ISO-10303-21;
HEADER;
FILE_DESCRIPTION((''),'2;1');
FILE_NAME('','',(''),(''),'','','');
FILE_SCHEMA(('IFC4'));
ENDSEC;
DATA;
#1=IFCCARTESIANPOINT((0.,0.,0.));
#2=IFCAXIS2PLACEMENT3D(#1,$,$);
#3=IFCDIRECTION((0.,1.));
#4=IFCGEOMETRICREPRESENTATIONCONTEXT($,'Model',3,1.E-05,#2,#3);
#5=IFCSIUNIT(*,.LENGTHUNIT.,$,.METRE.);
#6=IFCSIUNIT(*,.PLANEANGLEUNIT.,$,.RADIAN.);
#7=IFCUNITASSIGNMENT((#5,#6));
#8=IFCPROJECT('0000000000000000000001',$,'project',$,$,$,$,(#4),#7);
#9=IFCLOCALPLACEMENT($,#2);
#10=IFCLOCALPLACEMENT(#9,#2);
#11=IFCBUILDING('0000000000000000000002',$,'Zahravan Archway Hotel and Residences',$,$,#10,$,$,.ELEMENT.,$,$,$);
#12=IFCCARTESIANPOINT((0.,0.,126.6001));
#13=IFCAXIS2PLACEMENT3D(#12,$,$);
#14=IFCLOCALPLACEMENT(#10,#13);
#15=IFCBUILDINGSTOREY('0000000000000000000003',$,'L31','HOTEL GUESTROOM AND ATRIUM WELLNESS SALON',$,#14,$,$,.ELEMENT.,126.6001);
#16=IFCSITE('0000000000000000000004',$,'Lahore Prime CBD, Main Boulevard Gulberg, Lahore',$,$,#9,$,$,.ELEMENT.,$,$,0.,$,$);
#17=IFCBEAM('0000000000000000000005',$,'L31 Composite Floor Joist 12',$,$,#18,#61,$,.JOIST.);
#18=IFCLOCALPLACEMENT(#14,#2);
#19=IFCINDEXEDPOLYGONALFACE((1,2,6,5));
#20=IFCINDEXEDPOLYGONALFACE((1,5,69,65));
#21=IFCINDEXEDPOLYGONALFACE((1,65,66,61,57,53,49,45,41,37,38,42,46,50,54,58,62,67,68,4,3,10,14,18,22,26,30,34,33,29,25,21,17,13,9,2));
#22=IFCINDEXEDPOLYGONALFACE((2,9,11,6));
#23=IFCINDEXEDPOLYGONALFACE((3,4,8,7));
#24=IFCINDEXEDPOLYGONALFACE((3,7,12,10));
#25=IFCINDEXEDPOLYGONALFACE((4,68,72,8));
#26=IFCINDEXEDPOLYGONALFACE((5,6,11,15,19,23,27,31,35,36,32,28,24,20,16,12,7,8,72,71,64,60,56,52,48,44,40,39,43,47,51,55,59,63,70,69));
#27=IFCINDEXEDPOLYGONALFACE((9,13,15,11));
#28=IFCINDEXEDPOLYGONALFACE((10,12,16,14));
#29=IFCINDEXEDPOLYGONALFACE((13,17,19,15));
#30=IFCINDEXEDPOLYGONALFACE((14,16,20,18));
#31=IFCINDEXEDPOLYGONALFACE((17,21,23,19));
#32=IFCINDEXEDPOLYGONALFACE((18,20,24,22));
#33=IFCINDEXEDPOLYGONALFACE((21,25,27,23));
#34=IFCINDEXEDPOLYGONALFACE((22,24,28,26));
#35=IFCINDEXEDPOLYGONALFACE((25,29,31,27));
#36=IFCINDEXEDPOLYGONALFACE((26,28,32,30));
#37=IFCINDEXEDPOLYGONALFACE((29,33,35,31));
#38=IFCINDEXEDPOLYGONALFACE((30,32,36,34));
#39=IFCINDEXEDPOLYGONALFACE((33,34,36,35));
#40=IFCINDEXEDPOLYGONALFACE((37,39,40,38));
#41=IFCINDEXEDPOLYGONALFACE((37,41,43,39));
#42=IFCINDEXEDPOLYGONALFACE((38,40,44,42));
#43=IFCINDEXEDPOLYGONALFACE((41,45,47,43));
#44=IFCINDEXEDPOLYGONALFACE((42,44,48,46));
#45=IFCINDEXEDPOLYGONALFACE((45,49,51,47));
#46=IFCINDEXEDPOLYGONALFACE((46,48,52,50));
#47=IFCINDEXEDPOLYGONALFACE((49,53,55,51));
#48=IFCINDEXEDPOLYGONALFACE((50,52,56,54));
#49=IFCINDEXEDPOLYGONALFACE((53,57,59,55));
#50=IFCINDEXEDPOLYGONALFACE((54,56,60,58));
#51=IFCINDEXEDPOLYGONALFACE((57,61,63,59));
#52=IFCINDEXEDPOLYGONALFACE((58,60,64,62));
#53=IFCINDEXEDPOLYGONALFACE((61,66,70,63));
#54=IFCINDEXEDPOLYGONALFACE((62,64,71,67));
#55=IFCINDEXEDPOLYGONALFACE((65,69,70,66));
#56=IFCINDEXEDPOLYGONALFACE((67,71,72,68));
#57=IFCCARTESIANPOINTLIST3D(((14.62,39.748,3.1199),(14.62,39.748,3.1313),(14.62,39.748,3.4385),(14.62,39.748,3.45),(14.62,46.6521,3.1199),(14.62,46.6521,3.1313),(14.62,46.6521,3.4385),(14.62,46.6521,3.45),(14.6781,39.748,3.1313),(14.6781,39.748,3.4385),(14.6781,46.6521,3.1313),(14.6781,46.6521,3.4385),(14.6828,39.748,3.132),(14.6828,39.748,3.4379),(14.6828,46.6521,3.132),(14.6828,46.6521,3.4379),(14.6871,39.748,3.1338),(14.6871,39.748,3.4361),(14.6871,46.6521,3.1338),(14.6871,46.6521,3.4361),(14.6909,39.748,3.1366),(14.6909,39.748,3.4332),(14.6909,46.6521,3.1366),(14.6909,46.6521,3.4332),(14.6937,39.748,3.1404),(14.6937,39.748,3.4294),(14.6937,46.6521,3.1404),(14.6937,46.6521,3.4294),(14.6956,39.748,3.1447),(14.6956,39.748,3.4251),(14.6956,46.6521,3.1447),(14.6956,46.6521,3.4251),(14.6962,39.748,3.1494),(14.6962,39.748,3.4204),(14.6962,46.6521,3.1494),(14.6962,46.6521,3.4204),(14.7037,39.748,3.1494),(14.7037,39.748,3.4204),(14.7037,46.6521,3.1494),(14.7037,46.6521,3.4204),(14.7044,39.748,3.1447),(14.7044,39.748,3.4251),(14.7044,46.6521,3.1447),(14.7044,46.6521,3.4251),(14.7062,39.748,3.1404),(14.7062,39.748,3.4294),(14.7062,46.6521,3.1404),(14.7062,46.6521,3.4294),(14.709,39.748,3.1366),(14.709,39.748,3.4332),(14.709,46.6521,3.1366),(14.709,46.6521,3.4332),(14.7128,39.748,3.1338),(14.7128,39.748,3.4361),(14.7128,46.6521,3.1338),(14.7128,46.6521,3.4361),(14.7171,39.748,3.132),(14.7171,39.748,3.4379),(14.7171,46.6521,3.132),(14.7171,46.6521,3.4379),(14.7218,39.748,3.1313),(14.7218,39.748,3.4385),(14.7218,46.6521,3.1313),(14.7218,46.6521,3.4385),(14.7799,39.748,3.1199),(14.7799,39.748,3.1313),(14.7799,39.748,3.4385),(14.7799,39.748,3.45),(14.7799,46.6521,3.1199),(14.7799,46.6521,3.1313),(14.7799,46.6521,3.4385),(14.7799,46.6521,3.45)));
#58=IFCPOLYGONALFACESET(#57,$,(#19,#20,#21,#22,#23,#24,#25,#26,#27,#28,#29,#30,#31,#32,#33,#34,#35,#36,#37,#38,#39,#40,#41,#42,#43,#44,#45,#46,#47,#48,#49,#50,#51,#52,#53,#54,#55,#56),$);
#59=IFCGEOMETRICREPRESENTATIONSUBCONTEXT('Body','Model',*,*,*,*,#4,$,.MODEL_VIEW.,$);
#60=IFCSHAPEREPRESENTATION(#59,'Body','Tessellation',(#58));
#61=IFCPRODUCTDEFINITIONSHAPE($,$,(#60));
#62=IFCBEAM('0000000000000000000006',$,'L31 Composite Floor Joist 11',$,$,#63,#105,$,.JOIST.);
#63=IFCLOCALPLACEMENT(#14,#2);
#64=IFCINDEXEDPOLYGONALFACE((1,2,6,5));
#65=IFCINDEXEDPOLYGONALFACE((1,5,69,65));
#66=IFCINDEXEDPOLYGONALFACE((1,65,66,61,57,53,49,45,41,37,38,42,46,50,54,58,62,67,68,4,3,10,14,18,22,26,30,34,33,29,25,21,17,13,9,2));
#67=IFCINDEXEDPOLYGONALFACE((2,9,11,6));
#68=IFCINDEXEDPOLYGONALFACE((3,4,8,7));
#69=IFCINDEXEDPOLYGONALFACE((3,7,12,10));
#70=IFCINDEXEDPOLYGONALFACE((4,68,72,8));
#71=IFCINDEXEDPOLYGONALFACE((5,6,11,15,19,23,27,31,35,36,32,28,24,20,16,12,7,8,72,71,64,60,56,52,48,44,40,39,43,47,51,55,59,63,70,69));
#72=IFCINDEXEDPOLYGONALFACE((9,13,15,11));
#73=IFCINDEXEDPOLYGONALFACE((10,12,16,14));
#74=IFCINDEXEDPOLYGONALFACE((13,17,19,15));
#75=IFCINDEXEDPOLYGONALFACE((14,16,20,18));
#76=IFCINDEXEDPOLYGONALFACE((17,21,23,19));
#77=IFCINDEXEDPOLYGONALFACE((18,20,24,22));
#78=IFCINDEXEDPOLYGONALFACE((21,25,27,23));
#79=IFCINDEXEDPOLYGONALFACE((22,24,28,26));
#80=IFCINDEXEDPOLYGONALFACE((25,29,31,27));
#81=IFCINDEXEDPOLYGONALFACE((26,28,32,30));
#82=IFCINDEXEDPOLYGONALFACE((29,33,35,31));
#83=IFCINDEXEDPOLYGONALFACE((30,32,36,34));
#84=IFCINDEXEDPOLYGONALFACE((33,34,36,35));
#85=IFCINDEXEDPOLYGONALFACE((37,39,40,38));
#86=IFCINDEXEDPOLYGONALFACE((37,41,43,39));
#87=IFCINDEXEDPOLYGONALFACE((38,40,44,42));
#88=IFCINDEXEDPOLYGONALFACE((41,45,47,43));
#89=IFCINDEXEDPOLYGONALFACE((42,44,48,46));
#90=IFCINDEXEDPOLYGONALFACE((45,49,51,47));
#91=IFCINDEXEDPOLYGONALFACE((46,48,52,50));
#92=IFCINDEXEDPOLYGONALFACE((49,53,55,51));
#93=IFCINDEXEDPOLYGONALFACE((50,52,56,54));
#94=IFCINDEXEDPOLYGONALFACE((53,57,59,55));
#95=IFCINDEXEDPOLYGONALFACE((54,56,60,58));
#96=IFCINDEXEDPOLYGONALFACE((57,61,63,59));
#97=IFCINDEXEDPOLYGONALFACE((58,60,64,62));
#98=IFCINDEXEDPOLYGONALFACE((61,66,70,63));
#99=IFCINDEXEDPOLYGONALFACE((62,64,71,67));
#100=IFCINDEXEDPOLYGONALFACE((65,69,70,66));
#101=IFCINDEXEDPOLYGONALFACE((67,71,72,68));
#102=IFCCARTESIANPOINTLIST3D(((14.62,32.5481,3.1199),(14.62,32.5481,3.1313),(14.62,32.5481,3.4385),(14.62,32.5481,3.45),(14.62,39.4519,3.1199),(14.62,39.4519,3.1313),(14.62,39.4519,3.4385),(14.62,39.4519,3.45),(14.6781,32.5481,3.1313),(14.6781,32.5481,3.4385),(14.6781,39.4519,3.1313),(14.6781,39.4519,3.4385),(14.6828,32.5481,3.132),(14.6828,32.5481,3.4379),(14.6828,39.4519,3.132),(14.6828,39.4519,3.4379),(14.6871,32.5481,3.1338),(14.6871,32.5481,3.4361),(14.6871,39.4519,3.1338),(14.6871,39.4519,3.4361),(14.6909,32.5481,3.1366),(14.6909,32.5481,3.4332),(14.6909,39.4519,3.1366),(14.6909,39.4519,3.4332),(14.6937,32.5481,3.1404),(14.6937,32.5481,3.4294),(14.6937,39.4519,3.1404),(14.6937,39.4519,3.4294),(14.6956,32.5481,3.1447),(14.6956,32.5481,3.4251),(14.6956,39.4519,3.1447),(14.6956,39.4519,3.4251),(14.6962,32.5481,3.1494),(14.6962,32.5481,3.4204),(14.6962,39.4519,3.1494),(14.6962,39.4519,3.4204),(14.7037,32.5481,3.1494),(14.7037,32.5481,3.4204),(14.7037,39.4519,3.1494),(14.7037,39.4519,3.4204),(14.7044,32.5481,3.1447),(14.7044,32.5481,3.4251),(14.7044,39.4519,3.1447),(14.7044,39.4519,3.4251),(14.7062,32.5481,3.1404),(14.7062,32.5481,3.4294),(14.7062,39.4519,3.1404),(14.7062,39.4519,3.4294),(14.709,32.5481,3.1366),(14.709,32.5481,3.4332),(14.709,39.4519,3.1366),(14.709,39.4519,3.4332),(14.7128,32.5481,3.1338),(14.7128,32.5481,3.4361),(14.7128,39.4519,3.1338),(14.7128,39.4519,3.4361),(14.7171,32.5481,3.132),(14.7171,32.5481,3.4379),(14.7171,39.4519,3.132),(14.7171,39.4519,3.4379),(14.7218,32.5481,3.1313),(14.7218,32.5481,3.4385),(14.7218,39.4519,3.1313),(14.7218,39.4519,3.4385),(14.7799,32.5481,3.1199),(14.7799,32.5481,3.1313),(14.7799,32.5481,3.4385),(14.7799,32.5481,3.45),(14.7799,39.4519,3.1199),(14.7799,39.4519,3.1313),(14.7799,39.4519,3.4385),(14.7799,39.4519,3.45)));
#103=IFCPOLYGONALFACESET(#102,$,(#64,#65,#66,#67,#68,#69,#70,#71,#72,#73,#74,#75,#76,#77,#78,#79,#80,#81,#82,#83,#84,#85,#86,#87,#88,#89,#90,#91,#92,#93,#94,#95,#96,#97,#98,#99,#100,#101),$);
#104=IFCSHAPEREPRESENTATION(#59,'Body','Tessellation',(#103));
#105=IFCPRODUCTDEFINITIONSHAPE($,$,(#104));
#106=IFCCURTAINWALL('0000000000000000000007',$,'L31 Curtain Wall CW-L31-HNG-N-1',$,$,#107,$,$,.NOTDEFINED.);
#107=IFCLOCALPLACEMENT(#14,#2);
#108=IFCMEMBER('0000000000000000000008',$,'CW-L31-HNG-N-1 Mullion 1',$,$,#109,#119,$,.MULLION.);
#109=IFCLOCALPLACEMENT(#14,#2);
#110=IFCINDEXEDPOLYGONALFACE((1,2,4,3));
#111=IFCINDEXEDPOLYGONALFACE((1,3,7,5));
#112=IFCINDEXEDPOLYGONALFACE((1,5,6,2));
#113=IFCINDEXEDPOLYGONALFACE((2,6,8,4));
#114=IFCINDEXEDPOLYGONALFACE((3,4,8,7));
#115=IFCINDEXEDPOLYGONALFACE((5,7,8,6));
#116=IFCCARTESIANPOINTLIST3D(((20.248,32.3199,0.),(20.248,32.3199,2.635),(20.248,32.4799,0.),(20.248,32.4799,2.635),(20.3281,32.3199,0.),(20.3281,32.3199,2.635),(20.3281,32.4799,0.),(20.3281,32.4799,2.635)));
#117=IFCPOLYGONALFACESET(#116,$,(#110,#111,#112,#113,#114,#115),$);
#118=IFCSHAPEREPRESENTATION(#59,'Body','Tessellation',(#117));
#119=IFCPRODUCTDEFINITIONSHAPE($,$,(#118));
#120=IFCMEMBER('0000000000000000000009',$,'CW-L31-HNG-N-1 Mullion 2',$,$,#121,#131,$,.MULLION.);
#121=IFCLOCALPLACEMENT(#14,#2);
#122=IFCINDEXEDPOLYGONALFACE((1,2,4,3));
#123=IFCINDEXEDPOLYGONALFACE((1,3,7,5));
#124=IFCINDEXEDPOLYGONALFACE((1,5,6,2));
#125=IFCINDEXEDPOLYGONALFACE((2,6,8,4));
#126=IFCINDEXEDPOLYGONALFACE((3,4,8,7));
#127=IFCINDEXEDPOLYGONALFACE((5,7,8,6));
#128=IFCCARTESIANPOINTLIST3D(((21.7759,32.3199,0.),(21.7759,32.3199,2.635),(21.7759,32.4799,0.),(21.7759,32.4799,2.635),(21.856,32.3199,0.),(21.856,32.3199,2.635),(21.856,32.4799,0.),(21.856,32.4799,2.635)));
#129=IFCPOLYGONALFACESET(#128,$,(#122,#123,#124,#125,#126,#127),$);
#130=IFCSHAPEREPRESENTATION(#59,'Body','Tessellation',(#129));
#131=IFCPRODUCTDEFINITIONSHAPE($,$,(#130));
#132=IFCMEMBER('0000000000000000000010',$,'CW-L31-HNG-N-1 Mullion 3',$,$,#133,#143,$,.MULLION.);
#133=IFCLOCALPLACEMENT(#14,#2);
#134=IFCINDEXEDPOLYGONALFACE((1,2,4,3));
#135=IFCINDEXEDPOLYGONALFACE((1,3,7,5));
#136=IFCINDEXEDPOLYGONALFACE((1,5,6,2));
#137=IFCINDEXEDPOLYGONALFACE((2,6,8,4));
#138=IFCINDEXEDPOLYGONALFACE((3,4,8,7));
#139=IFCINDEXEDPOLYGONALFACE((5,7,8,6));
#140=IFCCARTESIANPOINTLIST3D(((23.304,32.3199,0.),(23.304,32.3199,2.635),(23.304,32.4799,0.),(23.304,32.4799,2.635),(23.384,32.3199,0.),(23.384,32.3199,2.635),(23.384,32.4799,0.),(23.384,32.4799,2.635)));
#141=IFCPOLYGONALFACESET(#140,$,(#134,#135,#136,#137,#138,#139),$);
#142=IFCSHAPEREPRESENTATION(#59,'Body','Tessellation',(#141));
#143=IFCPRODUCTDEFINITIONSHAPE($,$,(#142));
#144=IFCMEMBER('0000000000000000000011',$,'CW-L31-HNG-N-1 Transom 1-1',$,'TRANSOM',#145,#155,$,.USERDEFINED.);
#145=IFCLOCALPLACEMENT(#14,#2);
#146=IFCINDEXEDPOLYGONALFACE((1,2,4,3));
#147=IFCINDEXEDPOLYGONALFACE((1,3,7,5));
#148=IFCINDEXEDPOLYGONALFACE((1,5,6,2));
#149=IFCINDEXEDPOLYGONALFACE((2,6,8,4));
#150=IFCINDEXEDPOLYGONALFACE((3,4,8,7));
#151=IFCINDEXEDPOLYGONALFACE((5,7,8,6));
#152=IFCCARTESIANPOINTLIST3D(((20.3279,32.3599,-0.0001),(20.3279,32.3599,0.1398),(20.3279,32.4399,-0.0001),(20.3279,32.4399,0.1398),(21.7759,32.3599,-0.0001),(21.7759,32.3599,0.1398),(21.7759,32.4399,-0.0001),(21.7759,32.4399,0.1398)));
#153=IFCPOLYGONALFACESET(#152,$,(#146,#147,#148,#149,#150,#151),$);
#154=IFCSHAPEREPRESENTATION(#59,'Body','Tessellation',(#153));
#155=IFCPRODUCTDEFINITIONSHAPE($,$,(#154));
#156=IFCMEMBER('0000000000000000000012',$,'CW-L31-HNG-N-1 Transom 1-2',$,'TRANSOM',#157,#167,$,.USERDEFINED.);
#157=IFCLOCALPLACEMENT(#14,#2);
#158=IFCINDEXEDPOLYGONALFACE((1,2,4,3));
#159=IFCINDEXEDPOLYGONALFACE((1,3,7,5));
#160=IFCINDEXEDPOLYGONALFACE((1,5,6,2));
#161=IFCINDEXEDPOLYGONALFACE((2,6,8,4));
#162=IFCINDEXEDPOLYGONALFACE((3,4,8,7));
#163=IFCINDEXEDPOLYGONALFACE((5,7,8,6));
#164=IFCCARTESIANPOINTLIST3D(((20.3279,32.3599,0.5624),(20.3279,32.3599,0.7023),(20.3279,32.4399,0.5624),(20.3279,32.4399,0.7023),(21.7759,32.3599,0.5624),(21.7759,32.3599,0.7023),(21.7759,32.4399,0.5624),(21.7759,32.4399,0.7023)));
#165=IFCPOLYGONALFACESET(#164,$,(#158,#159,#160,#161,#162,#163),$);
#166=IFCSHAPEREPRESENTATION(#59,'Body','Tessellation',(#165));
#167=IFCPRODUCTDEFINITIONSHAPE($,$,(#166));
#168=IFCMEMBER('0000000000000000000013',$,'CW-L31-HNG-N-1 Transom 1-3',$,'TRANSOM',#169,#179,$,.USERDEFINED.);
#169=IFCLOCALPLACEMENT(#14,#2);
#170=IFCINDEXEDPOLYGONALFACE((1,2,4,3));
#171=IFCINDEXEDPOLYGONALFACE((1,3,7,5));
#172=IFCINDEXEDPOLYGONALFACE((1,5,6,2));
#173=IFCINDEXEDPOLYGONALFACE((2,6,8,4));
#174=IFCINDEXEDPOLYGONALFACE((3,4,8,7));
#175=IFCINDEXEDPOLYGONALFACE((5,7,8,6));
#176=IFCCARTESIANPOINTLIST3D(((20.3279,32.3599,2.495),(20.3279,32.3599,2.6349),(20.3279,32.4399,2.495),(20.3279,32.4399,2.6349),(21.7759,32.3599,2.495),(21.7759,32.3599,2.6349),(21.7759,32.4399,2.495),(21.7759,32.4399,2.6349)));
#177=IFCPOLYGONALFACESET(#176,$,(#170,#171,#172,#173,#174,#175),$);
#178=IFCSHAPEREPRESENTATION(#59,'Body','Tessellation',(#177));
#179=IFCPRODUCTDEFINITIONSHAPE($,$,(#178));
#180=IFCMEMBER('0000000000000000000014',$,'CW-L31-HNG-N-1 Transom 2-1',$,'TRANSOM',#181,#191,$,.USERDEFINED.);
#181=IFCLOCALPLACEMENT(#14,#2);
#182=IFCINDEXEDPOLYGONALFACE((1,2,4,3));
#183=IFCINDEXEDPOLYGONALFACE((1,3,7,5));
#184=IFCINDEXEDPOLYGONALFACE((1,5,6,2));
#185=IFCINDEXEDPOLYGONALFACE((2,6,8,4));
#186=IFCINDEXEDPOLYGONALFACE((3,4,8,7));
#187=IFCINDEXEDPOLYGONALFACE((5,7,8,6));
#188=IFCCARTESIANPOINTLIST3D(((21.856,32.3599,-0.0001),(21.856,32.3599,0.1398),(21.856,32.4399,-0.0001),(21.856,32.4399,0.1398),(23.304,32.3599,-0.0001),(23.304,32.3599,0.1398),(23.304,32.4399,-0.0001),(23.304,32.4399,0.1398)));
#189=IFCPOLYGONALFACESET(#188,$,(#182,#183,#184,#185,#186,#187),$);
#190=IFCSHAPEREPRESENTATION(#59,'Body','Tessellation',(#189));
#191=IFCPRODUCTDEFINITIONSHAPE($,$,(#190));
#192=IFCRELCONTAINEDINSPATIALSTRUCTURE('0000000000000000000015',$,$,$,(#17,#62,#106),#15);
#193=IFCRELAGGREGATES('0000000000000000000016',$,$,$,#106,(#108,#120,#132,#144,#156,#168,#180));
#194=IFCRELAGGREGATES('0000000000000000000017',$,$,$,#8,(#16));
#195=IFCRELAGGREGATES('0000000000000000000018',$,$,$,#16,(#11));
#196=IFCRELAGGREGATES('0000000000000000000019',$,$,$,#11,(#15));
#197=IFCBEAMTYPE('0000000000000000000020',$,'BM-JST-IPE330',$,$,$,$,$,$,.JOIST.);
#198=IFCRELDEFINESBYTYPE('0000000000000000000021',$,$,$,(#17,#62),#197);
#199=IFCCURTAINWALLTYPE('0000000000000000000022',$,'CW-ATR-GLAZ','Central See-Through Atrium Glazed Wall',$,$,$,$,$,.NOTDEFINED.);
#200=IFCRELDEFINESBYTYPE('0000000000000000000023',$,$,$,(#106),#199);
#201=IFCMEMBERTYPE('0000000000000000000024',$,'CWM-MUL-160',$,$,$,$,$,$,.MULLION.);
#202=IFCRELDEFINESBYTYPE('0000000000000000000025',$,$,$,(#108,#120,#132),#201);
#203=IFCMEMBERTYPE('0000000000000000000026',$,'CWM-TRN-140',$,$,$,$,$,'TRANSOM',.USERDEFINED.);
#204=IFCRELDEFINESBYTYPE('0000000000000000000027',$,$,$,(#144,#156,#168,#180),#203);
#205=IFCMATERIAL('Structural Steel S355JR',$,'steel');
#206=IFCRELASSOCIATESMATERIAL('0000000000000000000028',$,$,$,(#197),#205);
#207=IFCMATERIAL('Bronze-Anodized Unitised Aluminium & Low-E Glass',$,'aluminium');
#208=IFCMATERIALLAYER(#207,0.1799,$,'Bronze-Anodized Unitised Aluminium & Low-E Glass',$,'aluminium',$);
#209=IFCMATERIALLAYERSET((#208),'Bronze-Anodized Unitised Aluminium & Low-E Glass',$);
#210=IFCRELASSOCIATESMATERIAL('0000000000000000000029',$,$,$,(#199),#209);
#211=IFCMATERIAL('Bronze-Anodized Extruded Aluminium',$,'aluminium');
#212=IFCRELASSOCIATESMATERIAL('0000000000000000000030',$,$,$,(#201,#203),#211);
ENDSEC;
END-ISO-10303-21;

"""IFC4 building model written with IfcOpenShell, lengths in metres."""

from ifc_helpers import new_model, si_unit, direction, frame, origin, origin_2d, place, context, subcontext, project, spatial, rectangle, i_section, extrude, source, transform, mapped, material, layer, layer_set, material_profile, profile_set, type_object, type_shapes, element, aggregate, save


model = new_model("IFC4")

# Units and contexts
model_context = context("Model", 3, precision=1e-05, world=origin(), true_north=direction((0.0, 1.0)))
body_context = subcontext(model_context, "Body", "Model", "MODEL_VIEW")
ifc_project = project(units=[si_unit("LENGTHUNIT", "METRE"), si_unit("PLANEANGLEUNIT", "RADIAN")], contexts=[model_context])

# Site, building, storey
site_placement = place(None, origin())
site = spatial("IfcSite", under=ifc_project, at=site_placement, Name="Lahore Prime CBD, Main Boulevard Gulberg, Lahore", CompositionType="ELEMENT", RefElevation=0.0)
building_placement = place(site_placement, origin())
building = spatial("IfcBuilding", under=site, at=building_placement, Name="Zahravan Archway Hotel and Residences", CompositionType="ELEMENT")
storey_placement = place(building_placement, frame((0.0, 0.0, 126.6001)))
storey = spatial("IfcBuildingStorey", under=building, at=storey_placement, Name="L31", Description="HOTEL GUESTROOM AND ATRIUM WELLNESS SALON", CompositionType="ELEMENT", Elevation=126.6001)

# Beams
ifc_material_1 = material(Name="Structural Steel S355JR", Category="steel")
ifc_material_profile_1 = material_profile(ifc_material_1, i_section(OverallWidth=0.1599, OverallDepth=0.3301, WebThickness=0.0076, FlangeThickness=0.0115, FilletRadius=0.0181, at=origin_2d()), Name="IPE 330", Category="steel")
ifc_profile_set_1 = profile_set([ifc_material_profile_1], Name="Structural Steel S355JR")
beam_type_1 = type_object("IfcBeamType", Name="BM-JST-IPE330", PredefinedType="JOIST", material=ifc_profile_set_1)
shared_shape_1 = source(origin(), body_context, "Body", "SweptSolid", [
    extrude(i_section(OverallWidth=0.1599, OverallDepth=0.3301, WebThickness=0.0076, FlangeThickness=0.0115, FilletRadius=0.0181, at=origin_2d()), origin(), (0.0, 0.0, 1.0), 6.9041),
])
type_shapes(beam_type_1, [shared_shape_1])
beam_1_placement = place(storey_placement, frame((14.7, 39.748, 3.2849), z_axis=(0.0, 1.0, 0.0), x_axis=(-1.0, 0.0, 0.0)))
element("IfcBeam", 1, at=beam_1_placement, inside=storey, type_object=beam_type_1, Name="L31 Composite Floor Joist 12", PredefinedType="JOIST", context=body_context, shape_type="MappedRepresentation", body=[
    mapped(shared_shape_1, transform((0.0, 0.0, 0.0), scale=1.0)),
])
shared_shape_2 = source(origin(), body_context, "Body", "SweptSolid", [
    extrude(i_section(OverallWidth=0.1599, OverallDepth=0.3301, WebThickness=0.0076, FlangeThickness=0.0115, FilletRadius=0.0181, at=origin_2d()), origin(), (0.0, 0.0, 1.0), 6.9038),
])
beam_2_placement = place(storey_placement, frame((14.7, 32.5481, 3.2849), z_axis=(0.0, 1.0, 0.0), x_axis=(-1.0, 0.0, 0.0)))
element("IfcBeam", 2, at=beam_2_placement, inside=storey, type_object=beam_type_1, Name="L31 Composite Floor Joist 11", PredefinedType="JOIST", context=body_context, shape_type="MappedRepresentation", body=[
    mapped(shared_shape_2, transform((0.0, 0.0, 0.0), scale=1.0)),
])

# Curtain wall, members
ifc_material_2 = material(Name="Bronze-Anodized Unitised Aluminium & Low-E Glass", Category="aluminium")
ifc_layer_1 = layer(ifc_material_2, 0.1799, Name="Bronze-Anodized Unitised Aluminium & Low-E Glass", Category="aluminium")
ifc_layer_set_1 = layer_set([ifc_layer_1], Name="Bronze-Anodized Unitised Aluminium & Low-E Glass")
curtain_wall_type = type_object("IfcCurtainWallType", Name="CW-ATR-GLAZ", Description="Central See-Through Atrium Glazed Wall", PredefinedType="NOTDEFINED", material=ifc_layer_set_1)
curtain_wall_placement = place(storey_placement, origin())
curtain_wall = element("IfcCurtainWall", 3, at=curtain_wall_placement, inside=storey, type_object=curtain_wall_type, Name="L31 Curtain Wall CW-L31-HNG-N-1", PredefinedType="NOTDEFINED")
ifc_material_3 = material(Name="Bronze-Anodized Extruded Aluminium", Category="aluminium")
ifc_material_profile_2 = material_profile(ifc_material_3, rectangle(XDim=0.0801, YDim=0.1599, at=origin_2d()), Name="MUL 80x160", Category="aluminium")
ifc_profile_set_2 = profile_set([ifc_material_profile_2], Name="Bronze-Anodized Extruded Aluminium")
member_type_1 = type_object("IfcMemberType", Name="CWM-MUL-160", PredefinedType="MULLION", material=ifc_profile_set_2)
shared_shape_3 = source(origin(), body_context, "Body", "SweptSolid", [
    extrude(rectangle(XDim=0.0801, YDim=0.1599, at=origin_2d()), origin(), (0.0, 0.0, 1.0), 2.635),
])
member_1_placement = place(storey_placement, frame((20.2881, 32.3999, 0.0), z_axis=(0.0, 0.0, 1.0), x_axis=(1.0, 0.0, 0.0)))
member_1 = element("IfcMember", 4, at=member_1_placement, type_object=member_type_1, Name="CW-L31-HNG-N-1 Mullion 1", PredefinedType="MULLION", context=body_context, shape_type="MappedRepresentation", body=[
    mapped(shared_shape_3, transform((0.0, 0.0, 0.0), scale=1.0)),
])
member_2_placement = place(storey_placement, frame((21.8159, 32.3999, 0.0), z_axis=(0.0, 0.0, 1.0), x_axis=(1.0, 0.0, 0.0)))
member_2 = element("IfcMember", 5, at=member_2_placement, type_object=member_type_1, Name="CW-L31-HNG-N-1 Mullion 2", PredefinedType="MULLION", context=body_context, shape_type="MappedRepresentation", body=[
    mapped(shared_shape_3, transform((0.0, 0.0, 0.0), scale=1.0)),
])
member_3_placement = place(storey_placement, frame((23.344, 32.3999, 0.0), z_axis=(0.0, 0.0, 1.0), x_axis=(1.0, 0.0, 0.0)))
member_3 = element("IfcMember", 6, at=member_3_placement, type_object=member_type_1, Name="CW-L31-HNG-N-1 Mullion 3", PredefinedType="MULLION", context=body_context, shape_type="MappedRepresentation", body=[
    mapped(shared_shape_3, transform((0.0, 0.0, 0.0), scale=1.0)),
])
ifc_material_profile_3 = material_profile(ifc_material_3, rectangle(XDim=0.0801, YDim=0.1399, at=origin_2d()), Name="TRN 80x140", Category="aluminium")
ifc_profile_set_3 = profile_set([ifc_material_profile_3], Name="Bronze-Anodized Extruded Aluminium")
member_type_2 = type_object("IfcMemberType", Name="CWM-TRN-140", ElementType="TRANSOM", PredefinedType="USERDEFINED", material=ifc_profile_set_3)
shared_shape_4 = source(origin(), body_context, "Body", "SweptSolid", [
    extrude(rectangle(XDim=0.0801, YDim=0.1399, at=origin_2d()), origin(), (0.0, 0.0, 1.0), 1.448),
])
member_4_placement = place(storey_placement, frame((20.3279, 32.3999, 0.0698), z_axis=(1.0, 0.0, 0.0), x_axis=(0.0, 1.0, 0.0)))
member_4 = element("IfcMember", 7, at=member_4_placement, type_object=member_type_2, Name="CW-L31-HNG-N-1 Transom 1-1", ObjectType="TRANSOM", PredefinedType="USERDEFINED", context=body_context, shape_type="MappedRepresentation", body=[
    mapped(shared_shape_4, transform((0.0, 0.0, 0.0), scale=1.0)),
])
member_5_placement = place(storey_placement, frame((20.3279, 32.3999, 0.6323), z_axis=(1.0, 0.0, 0.0), x_axis=(0.0, 1.0, 0.0)))
member_5 = element("IfcMember", 8, at=member_5_placement, type_object=member_type_2, Name="CW-L31-HNG-N-1 Transom 1-2", ObjectType="TRANSOM", PredefinedType="USERDEFINED", context=body_context, shape_type="MappedRepresentation", body=[
    mapped(shared_shape_4, transform((0.0, 0.0, 0.0), scale=1.0)),
])
member_6_placement = place(storey_placement, frame((20.3279, 32.3999, 2.5649), z_axis=(1.0, 0.0, 0.0), x_axis=(0.0, 1.0, 0.0)))
member_6 = element("IfcMember", 9, at=member_6_placement, type_object=member_type_2, Name="CW-L31-HNG-N-1 Transom 1-3", ObjectType="TRANSOM", PredefinedType="USERDEFINED", context=body_context, shape_type="MappedRepresentation", body=[
    mapped(shared_shape_4, transform((0.0, 0.0, 0.0), scale=1.0)),
])
member_7_placement = place(storey_placement, frame((21.856, 32.3999, 0.0698), z_axis=(1.0, 0.0, 0.0), x_axis=(0.0, 1.0, 0.0)))
member_7 = element("IfcMember", 10, at=member_7_placement, type_object=member_type_2, Name="CW-L31-HNG-N-1 Transom 2-1", ObjectType="TRANSOM", PredefinedType="USERDEFINED", context=body_context, shape_type="MappedRepresentation", body=[
    mapped(shared_shape_4, transform((0.0, 0.0, 0.0), scale=1.0)),
])
aggregate(curtain_wall, [member_1, member_2, member_3, member_4, member_5, member_6, member_7])

save(model, "model.ifc")
